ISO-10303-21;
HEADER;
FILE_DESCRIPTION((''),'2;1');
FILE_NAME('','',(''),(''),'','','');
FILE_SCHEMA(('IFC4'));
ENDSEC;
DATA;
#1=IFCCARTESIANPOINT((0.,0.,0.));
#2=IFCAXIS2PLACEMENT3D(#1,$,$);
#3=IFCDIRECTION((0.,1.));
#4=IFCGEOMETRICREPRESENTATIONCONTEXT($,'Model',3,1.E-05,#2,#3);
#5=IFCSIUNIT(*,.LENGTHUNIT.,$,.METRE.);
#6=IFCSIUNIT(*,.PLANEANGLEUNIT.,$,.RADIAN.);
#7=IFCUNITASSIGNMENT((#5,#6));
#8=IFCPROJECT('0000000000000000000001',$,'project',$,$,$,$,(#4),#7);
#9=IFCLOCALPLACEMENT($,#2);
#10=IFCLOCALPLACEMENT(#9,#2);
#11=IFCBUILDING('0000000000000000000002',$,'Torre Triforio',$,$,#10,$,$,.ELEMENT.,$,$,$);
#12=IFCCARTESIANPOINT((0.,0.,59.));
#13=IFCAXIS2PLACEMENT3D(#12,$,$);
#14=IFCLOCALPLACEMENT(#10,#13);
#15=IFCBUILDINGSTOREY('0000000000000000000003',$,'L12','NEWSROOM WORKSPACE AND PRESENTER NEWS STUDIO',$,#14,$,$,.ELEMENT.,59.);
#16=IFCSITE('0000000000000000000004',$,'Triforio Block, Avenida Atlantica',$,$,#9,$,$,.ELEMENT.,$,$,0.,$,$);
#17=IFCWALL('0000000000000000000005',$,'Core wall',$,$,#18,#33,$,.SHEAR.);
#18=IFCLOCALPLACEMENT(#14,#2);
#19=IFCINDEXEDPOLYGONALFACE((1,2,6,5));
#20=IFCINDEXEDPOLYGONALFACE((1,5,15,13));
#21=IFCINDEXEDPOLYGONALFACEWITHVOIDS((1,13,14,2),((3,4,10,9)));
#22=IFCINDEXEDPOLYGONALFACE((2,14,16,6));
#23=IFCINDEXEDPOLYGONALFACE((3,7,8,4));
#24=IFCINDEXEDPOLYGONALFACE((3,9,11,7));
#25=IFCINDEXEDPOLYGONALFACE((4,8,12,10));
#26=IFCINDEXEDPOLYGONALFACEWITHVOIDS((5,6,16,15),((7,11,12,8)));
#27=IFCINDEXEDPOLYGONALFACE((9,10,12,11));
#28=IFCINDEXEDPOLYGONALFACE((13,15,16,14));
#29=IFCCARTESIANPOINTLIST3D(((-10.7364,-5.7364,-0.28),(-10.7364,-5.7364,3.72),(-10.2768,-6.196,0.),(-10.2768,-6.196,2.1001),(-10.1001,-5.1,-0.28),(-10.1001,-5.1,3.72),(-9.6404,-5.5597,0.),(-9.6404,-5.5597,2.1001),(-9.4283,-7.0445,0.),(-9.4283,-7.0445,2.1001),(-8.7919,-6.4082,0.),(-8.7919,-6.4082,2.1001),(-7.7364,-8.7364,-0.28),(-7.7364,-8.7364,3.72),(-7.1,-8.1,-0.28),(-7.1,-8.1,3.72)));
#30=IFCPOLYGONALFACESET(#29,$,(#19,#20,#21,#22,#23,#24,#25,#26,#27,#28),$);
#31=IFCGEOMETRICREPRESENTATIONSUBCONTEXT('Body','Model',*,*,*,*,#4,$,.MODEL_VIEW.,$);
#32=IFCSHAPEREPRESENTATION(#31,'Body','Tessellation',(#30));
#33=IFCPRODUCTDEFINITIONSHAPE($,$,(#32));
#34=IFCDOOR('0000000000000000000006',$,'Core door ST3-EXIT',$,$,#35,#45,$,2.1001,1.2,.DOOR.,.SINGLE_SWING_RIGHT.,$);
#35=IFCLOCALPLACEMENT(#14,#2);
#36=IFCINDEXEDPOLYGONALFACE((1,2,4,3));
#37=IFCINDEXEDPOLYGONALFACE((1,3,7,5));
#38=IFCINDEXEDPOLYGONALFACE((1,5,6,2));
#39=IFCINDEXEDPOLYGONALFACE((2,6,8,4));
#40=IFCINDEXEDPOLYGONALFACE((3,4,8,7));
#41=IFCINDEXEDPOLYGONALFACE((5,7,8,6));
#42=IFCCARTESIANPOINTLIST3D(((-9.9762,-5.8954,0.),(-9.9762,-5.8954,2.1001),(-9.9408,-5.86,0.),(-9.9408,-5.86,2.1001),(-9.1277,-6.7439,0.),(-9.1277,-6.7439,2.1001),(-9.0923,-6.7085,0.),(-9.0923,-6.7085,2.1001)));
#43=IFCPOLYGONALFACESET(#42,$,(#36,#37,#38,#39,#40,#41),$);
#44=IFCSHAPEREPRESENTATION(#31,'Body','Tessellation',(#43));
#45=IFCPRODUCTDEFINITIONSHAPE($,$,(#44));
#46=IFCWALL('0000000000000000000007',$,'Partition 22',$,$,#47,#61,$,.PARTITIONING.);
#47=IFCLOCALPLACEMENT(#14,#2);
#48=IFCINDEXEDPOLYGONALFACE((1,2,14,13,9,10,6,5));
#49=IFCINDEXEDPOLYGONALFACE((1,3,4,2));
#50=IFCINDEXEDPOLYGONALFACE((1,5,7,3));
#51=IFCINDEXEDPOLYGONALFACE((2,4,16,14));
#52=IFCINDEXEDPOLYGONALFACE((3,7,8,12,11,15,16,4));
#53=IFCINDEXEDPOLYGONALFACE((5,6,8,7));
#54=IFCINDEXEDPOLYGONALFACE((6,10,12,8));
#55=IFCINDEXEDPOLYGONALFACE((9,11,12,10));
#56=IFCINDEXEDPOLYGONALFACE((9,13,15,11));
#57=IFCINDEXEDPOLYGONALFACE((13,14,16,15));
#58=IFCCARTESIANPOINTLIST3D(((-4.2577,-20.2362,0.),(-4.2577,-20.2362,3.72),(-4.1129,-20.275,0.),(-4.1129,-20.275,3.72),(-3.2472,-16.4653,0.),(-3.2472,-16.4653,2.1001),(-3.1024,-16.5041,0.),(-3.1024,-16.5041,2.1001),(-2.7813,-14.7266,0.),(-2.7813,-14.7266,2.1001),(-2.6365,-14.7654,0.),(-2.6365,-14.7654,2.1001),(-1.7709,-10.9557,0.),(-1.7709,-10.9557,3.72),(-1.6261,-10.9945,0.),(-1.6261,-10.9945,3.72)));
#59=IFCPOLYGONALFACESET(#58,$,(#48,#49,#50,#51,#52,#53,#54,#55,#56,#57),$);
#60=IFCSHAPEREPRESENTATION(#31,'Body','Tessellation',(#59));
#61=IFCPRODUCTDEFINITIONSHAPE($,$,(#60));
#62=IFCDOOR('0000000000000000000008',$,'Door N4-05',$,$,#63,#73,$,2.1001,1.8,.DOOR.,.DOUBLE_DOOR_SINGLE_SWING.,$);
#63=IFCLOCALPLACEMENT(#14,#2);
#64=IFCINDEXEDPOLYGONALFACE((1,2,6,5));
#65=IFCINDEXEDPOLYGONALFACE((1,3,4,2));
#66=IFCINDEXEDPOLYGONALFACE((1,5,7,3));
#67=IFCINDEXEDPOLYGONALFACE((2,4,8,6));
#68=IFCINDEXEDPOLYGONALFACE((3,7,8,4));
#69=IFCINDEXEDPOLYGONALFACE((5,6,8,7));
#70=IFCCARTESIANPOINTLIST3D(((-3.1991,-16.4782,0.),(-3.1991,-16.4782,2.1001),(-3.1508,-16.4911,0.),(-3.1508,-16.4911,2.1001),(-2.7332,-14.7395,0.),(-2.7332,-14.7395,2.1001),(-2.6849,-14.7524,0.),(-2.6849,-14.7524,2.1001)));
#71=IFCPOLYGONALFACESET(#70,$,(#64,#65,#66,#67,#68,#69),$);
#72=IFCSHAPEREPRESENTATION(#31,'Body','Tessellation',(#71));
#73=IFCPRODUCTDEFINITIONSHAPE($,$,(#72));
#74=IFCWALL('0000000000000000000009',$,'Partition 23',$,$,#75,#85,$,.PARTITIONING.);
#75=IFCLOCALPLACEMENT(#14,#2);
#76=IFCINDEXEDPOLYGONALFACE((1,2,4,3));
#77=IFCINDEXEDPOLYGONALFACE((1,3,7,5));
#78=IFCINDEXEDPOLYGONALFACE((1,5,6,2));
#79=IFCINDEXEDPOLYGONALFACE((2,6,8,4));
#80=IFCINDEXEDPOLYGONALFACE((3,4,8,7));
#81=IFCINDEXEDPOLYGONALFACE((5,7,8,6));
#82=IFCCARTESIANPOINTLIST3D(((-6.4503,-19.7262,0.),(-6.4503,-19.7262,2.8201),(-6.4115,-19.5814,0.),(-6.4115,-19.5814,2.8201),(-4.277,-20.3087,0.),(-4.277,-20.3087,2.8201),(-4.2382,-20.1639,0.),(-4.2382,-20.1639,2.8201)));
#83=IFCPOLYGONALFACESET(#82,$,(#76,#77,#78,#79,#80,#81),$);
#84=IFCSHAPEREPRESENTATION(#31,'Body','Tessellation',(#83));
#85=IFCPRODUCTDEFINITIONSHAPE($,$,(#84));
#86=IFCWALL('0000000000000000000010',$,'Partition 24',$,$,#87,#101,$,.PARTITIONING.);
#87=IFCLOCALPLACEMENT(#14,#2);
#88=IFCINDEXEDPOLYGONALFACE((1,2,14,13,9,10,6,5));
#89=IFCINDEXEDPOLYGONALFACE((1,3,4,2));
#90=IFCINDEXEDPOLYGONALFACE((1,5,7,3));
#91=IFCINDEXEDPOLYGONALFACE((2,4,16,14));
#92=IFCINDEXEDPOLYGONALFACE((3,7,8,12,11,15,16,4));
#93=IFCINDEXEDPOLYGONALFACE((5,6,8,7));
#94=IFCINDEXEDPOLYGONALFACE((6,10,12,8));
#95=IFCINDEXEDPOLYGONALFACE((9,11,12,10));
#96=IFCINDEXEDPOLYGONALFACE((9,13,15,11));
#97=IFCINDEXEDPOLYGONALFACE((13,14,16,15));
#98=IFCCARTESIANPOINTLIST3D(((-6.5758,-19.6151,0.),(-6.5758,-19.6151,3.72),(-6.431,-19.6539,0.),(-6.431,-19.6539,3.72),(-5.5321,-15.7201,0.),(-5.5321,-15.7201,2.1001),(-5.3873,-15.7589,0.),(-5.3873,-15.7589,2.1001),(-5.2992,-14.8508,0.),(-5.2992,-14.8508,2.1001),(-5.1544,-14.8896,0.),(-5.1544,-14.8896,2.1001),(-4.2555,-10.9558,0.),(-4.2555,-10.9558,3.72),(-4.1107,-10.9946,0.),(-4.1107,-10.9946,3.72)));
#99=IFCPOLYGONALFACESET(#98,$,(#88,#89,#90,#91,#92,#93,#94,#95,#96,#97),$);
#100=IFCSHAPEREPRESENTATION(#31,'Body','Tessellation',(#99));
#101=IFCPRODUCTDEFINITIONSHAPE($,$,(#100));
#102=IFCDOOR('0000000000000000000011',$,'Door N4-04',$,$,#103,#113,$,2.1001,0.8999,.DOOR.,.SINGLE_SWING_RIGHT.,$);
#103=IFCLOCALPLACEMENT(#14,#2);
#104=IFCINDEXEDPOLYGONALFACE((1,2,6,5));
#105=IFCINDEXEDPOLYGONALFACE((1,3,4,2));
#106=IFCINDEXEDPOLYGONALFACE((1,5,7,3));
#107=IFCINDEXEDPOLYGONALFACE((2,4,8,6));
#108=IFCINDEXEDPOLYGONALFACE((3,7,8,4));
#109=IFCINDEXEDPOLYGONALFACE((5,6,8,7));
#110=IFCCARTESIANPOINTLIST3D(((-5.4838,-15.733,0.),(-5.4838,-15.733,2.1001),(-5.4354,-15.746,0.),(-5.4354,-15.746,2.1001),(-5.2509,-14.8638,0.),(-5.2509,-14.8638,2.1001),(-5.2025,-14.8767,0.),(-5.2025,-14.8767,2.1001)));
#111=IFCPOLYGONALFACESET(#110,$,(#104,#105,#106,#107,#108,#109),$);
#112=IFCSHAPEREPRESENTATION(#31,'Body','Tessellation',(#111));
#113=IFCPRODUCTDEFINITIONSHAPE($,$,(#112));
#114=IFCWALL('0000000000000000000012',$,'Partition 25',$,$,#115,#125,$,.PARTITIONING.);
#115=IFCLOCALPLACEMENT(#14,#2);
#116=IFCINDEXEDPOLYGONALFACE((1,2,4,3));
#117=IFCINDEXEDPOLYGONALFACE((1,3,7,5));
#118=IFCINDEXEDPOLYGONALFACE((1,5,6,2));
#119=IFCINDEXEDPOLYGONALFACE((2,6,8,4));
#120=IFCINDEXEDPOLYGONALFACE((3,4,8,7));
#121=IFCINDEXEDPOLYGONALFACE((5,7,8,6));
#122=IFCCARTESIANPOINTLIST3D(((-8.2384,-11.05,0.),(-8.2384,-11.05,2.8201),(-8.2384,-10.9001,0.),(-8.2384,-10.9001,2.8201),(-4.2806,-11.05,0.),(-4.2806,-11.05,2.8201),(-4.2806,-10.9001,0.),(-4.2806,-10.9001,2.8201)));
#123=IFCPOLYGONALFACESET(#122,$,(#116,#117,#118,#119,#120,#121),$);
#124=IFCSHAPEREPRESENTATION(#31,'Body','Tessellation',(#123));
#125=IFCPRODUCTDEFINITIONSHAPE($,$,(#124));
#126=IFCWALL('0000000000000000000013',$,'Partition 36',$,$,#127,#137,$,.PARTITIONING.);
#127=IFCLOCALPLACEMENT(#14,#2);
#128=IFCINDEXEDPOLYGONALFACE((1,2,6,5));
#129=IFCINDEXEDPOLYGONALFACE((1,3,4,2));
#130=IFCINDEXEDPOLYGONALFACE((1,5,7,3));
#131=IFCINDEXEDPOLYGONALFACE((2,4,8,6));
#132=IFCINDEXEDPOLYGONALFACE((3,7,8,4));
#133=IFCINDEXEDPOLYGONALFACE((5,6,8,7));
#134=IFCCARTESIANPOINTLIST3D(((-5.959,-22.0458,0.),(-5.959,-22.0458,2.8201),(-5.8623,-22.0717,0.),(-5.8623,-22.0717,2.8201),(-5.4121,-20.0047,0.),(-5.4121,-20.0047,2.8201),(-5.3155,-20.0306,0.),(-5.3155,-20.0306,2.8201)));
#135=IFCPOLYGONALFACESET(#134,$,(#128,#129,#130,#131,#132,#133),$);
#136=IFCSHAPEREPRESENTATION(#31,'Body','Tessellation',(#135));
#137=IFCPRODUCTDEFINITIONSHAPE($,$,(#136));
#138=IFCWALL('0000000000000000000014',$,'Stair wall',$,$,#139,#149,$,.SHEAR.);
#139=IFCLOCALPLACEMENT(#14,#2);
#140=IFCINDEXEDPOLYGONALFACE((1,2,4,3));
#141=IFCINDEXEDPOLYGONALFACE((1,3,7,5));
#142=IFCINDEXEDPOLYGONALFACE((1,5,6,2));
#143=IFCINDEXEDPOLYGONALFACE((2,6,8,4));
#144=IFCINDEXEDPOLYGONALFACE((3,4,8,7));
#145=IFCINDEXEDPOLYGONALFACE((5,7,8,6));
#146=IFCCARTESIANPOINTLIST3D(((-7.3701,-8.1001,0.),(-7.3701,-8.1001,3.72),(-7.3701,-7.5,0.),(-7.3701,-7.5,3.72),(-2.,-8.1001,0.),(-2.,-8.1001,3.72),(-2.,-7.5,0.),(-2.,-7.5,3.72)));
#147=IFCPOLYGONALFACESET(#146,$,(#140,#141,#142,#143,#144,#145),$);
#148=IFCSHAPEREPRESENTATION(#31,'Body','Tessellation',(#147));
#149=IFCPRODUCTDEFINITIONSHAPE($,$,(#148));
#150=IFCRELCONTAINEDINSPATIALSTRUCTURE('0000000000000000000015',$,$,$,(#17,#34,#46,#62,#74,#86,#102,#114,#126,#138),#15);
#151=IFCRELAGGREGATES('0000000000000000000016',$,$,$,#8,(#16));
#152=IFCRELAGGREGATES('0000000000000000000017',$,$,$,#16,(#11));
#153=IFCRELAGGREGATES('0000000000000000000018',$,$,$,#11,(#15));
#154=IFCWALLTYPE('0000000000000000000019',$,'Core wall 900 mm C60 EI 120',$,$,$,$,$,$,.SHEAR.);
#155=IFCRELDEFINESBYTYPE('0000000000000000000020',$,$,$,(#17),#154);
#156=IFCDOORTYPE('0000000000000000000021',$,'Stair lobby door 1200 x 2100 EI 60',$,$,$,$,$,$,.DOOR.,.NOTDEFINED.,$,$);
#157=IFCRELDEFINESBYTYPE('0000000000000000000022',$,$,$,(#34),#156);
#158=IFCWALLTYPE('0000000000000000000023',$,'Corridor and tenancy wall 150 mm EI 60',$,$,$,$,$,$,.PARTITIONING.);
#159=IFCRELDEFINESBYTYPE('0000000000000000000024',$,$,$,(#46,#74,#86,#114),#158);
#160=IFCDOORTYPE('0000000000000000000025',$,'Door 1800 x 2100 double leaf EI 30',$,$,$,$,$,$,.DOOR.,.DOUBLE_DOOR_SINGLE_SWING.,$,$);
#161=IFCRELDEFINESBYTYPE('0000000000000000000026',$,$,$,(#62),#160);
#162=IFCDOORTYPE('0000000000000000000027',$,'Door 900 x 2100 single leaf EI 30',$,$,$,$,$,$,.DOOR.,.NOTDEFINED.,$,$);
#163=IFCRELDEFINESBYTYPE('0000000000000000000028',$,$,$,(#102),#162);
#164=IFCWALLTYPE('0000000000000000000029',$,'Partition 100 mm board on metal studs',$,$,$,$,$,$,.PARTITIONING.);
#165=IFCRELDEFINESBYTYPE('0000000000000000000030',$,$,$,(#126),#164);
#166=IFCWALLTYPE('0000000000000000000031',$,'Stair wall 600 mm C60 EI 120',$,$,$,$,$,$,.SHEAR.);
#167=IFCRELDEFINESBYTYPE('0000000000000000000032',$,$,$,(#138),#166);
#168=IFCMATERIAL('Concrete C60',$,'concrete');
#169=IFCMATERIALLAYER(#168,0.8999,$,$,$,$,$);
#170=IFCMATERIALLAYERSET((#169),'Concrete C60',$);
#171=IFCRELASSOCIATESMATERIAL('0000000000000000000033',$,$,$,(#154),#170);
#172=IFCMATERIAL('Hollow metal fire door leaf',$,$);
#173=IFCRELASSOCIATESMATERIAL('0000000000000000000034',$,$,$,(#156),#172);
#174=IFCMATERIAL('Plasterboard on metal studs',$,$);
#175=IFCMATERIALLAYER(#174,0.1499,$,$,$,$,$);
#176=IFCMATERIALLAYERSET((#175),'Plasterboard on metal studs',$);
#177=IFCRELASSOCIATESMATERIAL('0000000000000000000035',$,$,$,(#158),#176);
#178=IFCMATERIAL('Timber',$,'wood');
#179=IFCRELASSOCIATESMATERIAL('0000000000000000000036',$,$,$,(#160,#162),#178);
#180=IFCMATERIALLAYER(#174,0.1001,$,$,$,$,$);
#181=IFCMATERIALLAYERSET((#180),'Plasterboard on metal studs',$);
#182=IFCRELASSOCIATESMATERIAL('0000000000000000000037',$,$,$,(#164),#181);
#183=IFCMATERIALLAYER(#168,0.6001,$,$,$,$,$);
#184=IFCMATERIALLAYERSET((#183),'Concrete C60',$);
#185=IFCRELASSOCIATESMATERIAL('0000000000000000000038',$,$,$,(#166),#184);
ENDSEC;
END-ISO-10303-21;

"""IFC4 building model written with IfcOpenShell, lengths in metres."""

from ifc_helpers import new_model, si_unit, direction, frame, frame_2d, origin, place, context, subcontext, project, spatial, rectangle, extrude, material, layer, layer_set, type_object, element, fill, save


model = new_model("IFC4")

# Units and contexts
model_context = context("Model", 3, precision=1e-05, world=origin(), true_north=direction((0.0, 1.0)))
body_context = subcontext(model_context, "Body", "Model", "MODEL_VIEW")
ifc_project = project(units=[si_unit("LENGTHUNIT", "METRE"), si_unit("PLANEANGLEUNIT", "RADIAN")], contexts=[model_context])

# Site, building, storey
site_placement = place(None, origin())
site = spatial("IfcSite", under=ifc_project, at=site_placement, Name="Triforio Block, Avenida Atlantica", CompositionType="ELEMENT", RefElevation=0.0)
building_placement = place(site_placement, origin())
building = spatial("IfcBuilding", under=site, at=building_placement, Name="Torre Triforio", CompositionType="ELEMENT")
storey_placement = place(building_placement, frame((0.0, 0.0, 59.0)))
storey = spatial("IfcBuildingStorey", under=building, at=storey_placement, Name="L12", Description="NEWSROOM WORKSPACE AND PRESENTER NEWS STUDIO", CompositionType="ELEMENT", Elevation=59.0)

# Shared definitions
ifc_material_1 = material(Name="Concrete C60", Category="concrete")

# Shared definitions
ifc_layer_1 = layer(ifc_material_1, 0.8999)
ifc_layer_set_1 = layer_set([ifc_layer_1], Name="Concrete C60")
wall_type_1 = type_object("IfcWallType", Name="Core wall 900 mm C60 EI 120", PredefinedType="SHEAR", material=ifc_layer_set_1)
ifc_material_2 = material(Name="Hollow metal fire door leaf")

# Walls, openings, doors
wall_1_placement = place(storey_placement, frame((-7.4182, -8.4182, -0.28), z_axis=(0.0, 0.0, 1.0), x_axis=(-0.707107, 0.707107, 0.0)))
wall_1 = element("IfcWall", 1, at=wall_1_placement, inside=storey, type_object=wall_type_1, Name="Core wall", PredefinedType="SHEAR", context=body_context, shape_type="SweptSolid", body=[
    extrude(rectangle(XDim=4.2427, YDim=0.8999, at=frame_2d((2.1213, 0.0))), origin(), (0.0, 0.0, 1.0), 4.0),
])
opening_1_placement = place(wall_1_placement, frame((2.3926, 0.0, 0.28)))
opening_1 = element("IfcOpeningElement", 2, at=opening_1_placement, cuts=wall_1, PredefinedType="OPENING", context=body_context, shape_type="SweptSolid", body=[
    extrude(rectangle(XDim=1.2, YDim=2.1001, at=frame_2d((0.6001, 1.05))), frame((0.0, 0.46, 0.0), z_axis=(0.0, -1.0, 0.0), x_axis=(1.0, 0.0, 0.0)), (0.0, 0.0, 1.0), 0.9199),
])
door_type_1 = type_object("IfcDoorType", Name="Stair lobby door 1200 x 2100 EI 60", OperationType="NOTDEFINED", PredefinedType="DOOR", material=ifc_material_2)
door_1_placement = place(opening_1_placement, origin())
door_1 = element("IfcDoor", 3, at=door_1_placement, inside=storey, type_object=door_type_1, Name="Core door ST3-EXIT", OperationType="SINGLE_SWING_RIGHT", OverallHeight=2.1001, OverallWidth=1.2, PredefinedType="DOOR", context=body_context, shape_type="SweptSolid", body=[
    extrude(rectangle(XDim=1.2, YDim=2.1001, at=frame_2d((0.6001, 1.05))), frame((0.0, 0.0249, 0.0), z_axis=(0.0, -1.0, 0.0), x_axis=(1.0, 0.0, 0.0)), (0.0, 0.0, 1.0), 0.05),
])
fill(opening_1, door_1)
ifc_material_3 = material(Name="Plasterboard on metal studs")
ifc_layer_2 = layer(ifc_material_3, 0.1499)
ifc_layer_set_2 = layer_set([ifc_layer_2], Name="Plasterboard on metal studs")
wall_type_2 = type_object("IfcWallType", Name="Corridor and tenancy wall 150 mm EI 60", PredefinedType="PARTITIONING", material=ifc_layer_set_2)
wall_2_placement = place(storey_placement, frame((-1.6985, -10.9751, 0.0), z_axis=(0.0, 0.0, 1.0), x_axis=(-0.25883, -0.965923, 0.0)))
wall_2 = element("IfcWall", 4, at=wall_2_placement, inside=storey, type_object=wall_type_2, Name="Partition 22", PredefinedType="PARTITIONING", context=body_context, shape_type="SweptSolid", body=[
    extrude(rectangle(XDim=9.6079, YDim=0.1499, at=frame_2d((4.804, 0.0))), origin(), (0.0, 0.0, 1.0), 3.72),
])
opening_2_placement = place(wall_2_placement, frame((3.9041, 0.0, 0.0)))
opening_2 = element("IfcOpeningElement", 5, at=opening_2_placement, cuts=wall_2, PredefinedType="OPENING", context=body_context, shape_type="SweptSolid", body=[
    extrude(rectangle(XDim=1.8, YDim=2.1001, at=frame_2d((0.8999, 1.05))), frame((0.0, 0.085, 0.0), z_axis=(0.0, -1.0, 0.0), x_axis=(1.0, 0.0, 0.0)), (0.0, 0.0, 1.0), 0.1699),
])
ifc_material_4 = material(Name="Timber", Category="wood")
door_type_2 = type_object("IfcDoorType", Name="Door 1800 x 2100 double leaf EI 30", OperationType="DOUBLE_DOOR_SINGLE_SWING", PredefinedType="DOOR", material=ifc_material_4)
door_2_placement = place(opening_2_placement, origin())
door_2 = element("IfcDoor", 6, at=door_2_placement, inside=storey, type_object=door_type_2, Name="Door N4-05", OperationType="DOUBLE_DOOR_SINGLE_SWING", OverallHeight=2.1001, OverallWidth=1.8, PredefinedType="DOOR", context=body_context, shape_type="SweptSolid", body=[
    extrude(rectangle(XDim=1.8, YDim=2.1001, at=frame_2d((0.8999, 1.05))), frame((0.0, 0.0249, 0.0), z_axis=(0.0, -1.0, 0.0), x_axis=(1.0, 0.0, 0.0)), (0.0, 0.0, 1.0), 0.05),
])
fill(opening_2, door_2)

# Wall
wall_3_placement = place(storey_placement, frame((-4.2576, -20.2363, 0.0), z_axis=(0.0, 0.0, 1.0), x_axis=(-0.965906, 0.258892, 0.0)))
element("IfcWall", 7, at=wall_3_placement, inside=storey, type_object=wall_type_2, Name="Partition 23", PredefinedType="PARTITIONING", context=body_context, shape_type="SweptSolid", body=[
    extrude(rectangle(XDim=2.25, YDim=0.1499, at=frame_2d((1.125, 0.0))), origin(), (0.0, 0.0, 1.0), 2.8201),
])

# Wall, opening, door
wall_4_placement = place(storey_placement, frame((-6.5034, -19.6345, 0.0), z_axis=(0.0, 0.0, 1.0), x_axis=(0.258822, 0.965925, 0.0)))
wall_4 = element("IfcWall", 8, at=wall_4_placement, inside=storey, type_object=wall_type_2, Name="Partition 24", PredefinedType="PARTITIONING", context=body_context, shape_type="SweptSolid", body=[
    extrude(rectangle(XDim=8.9648, YDim=0.1499, at=frame_2d((4.4824, 0.0))), origin(), (0.0, 0.0, 1.0), 3.72),
])
opening_3_placement = place(wall_4_placement, frame((4.0325, 0.0, 0.0)))
opening_3 = element("IfcOpeningElement", 9, at=opening_3_placement, cuts=wall_4, PredefinedType="OPENING", context=body_context, shape_type="SweptSolid", body=[
    extrude(rectangle(XDim=0.8999, YDim=2.1001, at=frame_2d((0.45, 1.05))), frame((0.0, 0.085, 0.0), z_axis=(0.0, -1.0, 0.0), x_axis=(1.0, 0.0, 0.0)), (0.0, 0.0, 1.0), 0.1699),
])
door_type_3 = type_object("IfcDoorType", Name="Door 900 x 2100 single leaf EI 30", OperationType="NOTDEFINED", PredefinedType="DOOR", material=ifc_material_4)
door_3_placement = place(opening_3_placement, origin())
door_3 = element("IfcDoor", 10, at=door_3_placement, inside=storey, type_object=door_type_3, Name="Door N4-04", OperationType="SINGLE_SWING_RIGHT", OverallHeight=2.1001, OverallWidth=0.8999, PredefinedType="DOOR", context=body_context, shape_type="SweptSolid", body=[
    extrude(rectangle(XDim=0.8999, YDim=2.1001, at=frame_2d((0.45, 1.05))), frame((0.0, 0.0249, 0.0), z_axis=(0.0, -1.0, 0.0), x_axis=(1.0, 0.0, 0.0)), (0.0, 0.0, 1.0), 0.05),
])
fill(opening_3, door_3)

# Walls
wall_5_placement = place(storey_placement, frame((-4.2805, -10.9751, 0.0), z_axis=(0.0, 0.0, 1.0), x_axis=(-1.0, 0.0, 0.0)))
element("IfcWall", 11, at=wall_5_placement, inside=storey, type_object=wall_type_2, Name="Partition 25", PredefinedType="PARTITIONING", context=body_context, shape_type="SweptSolid", body=[
    extrude(rectangle(XDim=3.9578, YDim=0.1499, at=frame_2d((1.979, 0.0))), origin(), (0.0, 0.0, 1.0), 2.8201),
])
ifc_layer_3 = layer(ifc_material_3, 0.1001)
ifc_layer_set_3 = layer_set([ifc_layer_3], Name="Plasterboard on metal studs")
wall_type_3 = type_object("IfcWallType", Name="Partition 100 mm board on metal studs", PredefinedType="PARTITIONING", material=ifc_layer_set_3)
wall_6_placement = place(storey_placement, frame((-5.3638, -20.0176, 0.0), z_axis=(0.0, 0.0, 1.0), x_axis=(-0.258813, -0.965927, 0.0)))
element("IfcWall", 12, at=wall_6_placement, inside=storey, type_object=wall_type_3, Name="Partition 36", PredefinedType="PARTITIONING", context=body_context, shape_type="SweptSolid", body=[
    extrude(rectangle(XDim=2.113, YDim=0.1001, at=frame_2d((1.0566, 0.0))), origin(), (0.0, 0.0, 1.0), 2.8201),
])
ifc_layer_4 = layer(ifc_material_1, 0.6001)
ifc_layer_set_4 = layer_set([ifc_layer_4], Name="Concrete C60")
wall_type_4 = type_object("IfcWallType", Name="Stair wall 600 mm C60 EI 120", PredefinedType="SHEAR", material=ifc_layer_set_4)
wall_7_placement = place(storey_placement, frame((-7.3701, -7.8, 0.0), z_axis=(0.0, 0.0, 1.0), x_axis=(1.0, 0.0, 0.0)))
element("IfcWall", 13, at=wall_7_placement, inside=storey, type_object=wall_type_4, Name="Stair wall", PredefinedType="SHEAR", context=body_context, shape_type="SweptSolid", body=[
    extrude(rectangle(XDim=5.3701, YDim=0.6001, at=frame_2d((2.6851, 0.0))), origin(), (0.0, 0.0, 1.0), 3.72),
])

save(model, "model.ifc")
